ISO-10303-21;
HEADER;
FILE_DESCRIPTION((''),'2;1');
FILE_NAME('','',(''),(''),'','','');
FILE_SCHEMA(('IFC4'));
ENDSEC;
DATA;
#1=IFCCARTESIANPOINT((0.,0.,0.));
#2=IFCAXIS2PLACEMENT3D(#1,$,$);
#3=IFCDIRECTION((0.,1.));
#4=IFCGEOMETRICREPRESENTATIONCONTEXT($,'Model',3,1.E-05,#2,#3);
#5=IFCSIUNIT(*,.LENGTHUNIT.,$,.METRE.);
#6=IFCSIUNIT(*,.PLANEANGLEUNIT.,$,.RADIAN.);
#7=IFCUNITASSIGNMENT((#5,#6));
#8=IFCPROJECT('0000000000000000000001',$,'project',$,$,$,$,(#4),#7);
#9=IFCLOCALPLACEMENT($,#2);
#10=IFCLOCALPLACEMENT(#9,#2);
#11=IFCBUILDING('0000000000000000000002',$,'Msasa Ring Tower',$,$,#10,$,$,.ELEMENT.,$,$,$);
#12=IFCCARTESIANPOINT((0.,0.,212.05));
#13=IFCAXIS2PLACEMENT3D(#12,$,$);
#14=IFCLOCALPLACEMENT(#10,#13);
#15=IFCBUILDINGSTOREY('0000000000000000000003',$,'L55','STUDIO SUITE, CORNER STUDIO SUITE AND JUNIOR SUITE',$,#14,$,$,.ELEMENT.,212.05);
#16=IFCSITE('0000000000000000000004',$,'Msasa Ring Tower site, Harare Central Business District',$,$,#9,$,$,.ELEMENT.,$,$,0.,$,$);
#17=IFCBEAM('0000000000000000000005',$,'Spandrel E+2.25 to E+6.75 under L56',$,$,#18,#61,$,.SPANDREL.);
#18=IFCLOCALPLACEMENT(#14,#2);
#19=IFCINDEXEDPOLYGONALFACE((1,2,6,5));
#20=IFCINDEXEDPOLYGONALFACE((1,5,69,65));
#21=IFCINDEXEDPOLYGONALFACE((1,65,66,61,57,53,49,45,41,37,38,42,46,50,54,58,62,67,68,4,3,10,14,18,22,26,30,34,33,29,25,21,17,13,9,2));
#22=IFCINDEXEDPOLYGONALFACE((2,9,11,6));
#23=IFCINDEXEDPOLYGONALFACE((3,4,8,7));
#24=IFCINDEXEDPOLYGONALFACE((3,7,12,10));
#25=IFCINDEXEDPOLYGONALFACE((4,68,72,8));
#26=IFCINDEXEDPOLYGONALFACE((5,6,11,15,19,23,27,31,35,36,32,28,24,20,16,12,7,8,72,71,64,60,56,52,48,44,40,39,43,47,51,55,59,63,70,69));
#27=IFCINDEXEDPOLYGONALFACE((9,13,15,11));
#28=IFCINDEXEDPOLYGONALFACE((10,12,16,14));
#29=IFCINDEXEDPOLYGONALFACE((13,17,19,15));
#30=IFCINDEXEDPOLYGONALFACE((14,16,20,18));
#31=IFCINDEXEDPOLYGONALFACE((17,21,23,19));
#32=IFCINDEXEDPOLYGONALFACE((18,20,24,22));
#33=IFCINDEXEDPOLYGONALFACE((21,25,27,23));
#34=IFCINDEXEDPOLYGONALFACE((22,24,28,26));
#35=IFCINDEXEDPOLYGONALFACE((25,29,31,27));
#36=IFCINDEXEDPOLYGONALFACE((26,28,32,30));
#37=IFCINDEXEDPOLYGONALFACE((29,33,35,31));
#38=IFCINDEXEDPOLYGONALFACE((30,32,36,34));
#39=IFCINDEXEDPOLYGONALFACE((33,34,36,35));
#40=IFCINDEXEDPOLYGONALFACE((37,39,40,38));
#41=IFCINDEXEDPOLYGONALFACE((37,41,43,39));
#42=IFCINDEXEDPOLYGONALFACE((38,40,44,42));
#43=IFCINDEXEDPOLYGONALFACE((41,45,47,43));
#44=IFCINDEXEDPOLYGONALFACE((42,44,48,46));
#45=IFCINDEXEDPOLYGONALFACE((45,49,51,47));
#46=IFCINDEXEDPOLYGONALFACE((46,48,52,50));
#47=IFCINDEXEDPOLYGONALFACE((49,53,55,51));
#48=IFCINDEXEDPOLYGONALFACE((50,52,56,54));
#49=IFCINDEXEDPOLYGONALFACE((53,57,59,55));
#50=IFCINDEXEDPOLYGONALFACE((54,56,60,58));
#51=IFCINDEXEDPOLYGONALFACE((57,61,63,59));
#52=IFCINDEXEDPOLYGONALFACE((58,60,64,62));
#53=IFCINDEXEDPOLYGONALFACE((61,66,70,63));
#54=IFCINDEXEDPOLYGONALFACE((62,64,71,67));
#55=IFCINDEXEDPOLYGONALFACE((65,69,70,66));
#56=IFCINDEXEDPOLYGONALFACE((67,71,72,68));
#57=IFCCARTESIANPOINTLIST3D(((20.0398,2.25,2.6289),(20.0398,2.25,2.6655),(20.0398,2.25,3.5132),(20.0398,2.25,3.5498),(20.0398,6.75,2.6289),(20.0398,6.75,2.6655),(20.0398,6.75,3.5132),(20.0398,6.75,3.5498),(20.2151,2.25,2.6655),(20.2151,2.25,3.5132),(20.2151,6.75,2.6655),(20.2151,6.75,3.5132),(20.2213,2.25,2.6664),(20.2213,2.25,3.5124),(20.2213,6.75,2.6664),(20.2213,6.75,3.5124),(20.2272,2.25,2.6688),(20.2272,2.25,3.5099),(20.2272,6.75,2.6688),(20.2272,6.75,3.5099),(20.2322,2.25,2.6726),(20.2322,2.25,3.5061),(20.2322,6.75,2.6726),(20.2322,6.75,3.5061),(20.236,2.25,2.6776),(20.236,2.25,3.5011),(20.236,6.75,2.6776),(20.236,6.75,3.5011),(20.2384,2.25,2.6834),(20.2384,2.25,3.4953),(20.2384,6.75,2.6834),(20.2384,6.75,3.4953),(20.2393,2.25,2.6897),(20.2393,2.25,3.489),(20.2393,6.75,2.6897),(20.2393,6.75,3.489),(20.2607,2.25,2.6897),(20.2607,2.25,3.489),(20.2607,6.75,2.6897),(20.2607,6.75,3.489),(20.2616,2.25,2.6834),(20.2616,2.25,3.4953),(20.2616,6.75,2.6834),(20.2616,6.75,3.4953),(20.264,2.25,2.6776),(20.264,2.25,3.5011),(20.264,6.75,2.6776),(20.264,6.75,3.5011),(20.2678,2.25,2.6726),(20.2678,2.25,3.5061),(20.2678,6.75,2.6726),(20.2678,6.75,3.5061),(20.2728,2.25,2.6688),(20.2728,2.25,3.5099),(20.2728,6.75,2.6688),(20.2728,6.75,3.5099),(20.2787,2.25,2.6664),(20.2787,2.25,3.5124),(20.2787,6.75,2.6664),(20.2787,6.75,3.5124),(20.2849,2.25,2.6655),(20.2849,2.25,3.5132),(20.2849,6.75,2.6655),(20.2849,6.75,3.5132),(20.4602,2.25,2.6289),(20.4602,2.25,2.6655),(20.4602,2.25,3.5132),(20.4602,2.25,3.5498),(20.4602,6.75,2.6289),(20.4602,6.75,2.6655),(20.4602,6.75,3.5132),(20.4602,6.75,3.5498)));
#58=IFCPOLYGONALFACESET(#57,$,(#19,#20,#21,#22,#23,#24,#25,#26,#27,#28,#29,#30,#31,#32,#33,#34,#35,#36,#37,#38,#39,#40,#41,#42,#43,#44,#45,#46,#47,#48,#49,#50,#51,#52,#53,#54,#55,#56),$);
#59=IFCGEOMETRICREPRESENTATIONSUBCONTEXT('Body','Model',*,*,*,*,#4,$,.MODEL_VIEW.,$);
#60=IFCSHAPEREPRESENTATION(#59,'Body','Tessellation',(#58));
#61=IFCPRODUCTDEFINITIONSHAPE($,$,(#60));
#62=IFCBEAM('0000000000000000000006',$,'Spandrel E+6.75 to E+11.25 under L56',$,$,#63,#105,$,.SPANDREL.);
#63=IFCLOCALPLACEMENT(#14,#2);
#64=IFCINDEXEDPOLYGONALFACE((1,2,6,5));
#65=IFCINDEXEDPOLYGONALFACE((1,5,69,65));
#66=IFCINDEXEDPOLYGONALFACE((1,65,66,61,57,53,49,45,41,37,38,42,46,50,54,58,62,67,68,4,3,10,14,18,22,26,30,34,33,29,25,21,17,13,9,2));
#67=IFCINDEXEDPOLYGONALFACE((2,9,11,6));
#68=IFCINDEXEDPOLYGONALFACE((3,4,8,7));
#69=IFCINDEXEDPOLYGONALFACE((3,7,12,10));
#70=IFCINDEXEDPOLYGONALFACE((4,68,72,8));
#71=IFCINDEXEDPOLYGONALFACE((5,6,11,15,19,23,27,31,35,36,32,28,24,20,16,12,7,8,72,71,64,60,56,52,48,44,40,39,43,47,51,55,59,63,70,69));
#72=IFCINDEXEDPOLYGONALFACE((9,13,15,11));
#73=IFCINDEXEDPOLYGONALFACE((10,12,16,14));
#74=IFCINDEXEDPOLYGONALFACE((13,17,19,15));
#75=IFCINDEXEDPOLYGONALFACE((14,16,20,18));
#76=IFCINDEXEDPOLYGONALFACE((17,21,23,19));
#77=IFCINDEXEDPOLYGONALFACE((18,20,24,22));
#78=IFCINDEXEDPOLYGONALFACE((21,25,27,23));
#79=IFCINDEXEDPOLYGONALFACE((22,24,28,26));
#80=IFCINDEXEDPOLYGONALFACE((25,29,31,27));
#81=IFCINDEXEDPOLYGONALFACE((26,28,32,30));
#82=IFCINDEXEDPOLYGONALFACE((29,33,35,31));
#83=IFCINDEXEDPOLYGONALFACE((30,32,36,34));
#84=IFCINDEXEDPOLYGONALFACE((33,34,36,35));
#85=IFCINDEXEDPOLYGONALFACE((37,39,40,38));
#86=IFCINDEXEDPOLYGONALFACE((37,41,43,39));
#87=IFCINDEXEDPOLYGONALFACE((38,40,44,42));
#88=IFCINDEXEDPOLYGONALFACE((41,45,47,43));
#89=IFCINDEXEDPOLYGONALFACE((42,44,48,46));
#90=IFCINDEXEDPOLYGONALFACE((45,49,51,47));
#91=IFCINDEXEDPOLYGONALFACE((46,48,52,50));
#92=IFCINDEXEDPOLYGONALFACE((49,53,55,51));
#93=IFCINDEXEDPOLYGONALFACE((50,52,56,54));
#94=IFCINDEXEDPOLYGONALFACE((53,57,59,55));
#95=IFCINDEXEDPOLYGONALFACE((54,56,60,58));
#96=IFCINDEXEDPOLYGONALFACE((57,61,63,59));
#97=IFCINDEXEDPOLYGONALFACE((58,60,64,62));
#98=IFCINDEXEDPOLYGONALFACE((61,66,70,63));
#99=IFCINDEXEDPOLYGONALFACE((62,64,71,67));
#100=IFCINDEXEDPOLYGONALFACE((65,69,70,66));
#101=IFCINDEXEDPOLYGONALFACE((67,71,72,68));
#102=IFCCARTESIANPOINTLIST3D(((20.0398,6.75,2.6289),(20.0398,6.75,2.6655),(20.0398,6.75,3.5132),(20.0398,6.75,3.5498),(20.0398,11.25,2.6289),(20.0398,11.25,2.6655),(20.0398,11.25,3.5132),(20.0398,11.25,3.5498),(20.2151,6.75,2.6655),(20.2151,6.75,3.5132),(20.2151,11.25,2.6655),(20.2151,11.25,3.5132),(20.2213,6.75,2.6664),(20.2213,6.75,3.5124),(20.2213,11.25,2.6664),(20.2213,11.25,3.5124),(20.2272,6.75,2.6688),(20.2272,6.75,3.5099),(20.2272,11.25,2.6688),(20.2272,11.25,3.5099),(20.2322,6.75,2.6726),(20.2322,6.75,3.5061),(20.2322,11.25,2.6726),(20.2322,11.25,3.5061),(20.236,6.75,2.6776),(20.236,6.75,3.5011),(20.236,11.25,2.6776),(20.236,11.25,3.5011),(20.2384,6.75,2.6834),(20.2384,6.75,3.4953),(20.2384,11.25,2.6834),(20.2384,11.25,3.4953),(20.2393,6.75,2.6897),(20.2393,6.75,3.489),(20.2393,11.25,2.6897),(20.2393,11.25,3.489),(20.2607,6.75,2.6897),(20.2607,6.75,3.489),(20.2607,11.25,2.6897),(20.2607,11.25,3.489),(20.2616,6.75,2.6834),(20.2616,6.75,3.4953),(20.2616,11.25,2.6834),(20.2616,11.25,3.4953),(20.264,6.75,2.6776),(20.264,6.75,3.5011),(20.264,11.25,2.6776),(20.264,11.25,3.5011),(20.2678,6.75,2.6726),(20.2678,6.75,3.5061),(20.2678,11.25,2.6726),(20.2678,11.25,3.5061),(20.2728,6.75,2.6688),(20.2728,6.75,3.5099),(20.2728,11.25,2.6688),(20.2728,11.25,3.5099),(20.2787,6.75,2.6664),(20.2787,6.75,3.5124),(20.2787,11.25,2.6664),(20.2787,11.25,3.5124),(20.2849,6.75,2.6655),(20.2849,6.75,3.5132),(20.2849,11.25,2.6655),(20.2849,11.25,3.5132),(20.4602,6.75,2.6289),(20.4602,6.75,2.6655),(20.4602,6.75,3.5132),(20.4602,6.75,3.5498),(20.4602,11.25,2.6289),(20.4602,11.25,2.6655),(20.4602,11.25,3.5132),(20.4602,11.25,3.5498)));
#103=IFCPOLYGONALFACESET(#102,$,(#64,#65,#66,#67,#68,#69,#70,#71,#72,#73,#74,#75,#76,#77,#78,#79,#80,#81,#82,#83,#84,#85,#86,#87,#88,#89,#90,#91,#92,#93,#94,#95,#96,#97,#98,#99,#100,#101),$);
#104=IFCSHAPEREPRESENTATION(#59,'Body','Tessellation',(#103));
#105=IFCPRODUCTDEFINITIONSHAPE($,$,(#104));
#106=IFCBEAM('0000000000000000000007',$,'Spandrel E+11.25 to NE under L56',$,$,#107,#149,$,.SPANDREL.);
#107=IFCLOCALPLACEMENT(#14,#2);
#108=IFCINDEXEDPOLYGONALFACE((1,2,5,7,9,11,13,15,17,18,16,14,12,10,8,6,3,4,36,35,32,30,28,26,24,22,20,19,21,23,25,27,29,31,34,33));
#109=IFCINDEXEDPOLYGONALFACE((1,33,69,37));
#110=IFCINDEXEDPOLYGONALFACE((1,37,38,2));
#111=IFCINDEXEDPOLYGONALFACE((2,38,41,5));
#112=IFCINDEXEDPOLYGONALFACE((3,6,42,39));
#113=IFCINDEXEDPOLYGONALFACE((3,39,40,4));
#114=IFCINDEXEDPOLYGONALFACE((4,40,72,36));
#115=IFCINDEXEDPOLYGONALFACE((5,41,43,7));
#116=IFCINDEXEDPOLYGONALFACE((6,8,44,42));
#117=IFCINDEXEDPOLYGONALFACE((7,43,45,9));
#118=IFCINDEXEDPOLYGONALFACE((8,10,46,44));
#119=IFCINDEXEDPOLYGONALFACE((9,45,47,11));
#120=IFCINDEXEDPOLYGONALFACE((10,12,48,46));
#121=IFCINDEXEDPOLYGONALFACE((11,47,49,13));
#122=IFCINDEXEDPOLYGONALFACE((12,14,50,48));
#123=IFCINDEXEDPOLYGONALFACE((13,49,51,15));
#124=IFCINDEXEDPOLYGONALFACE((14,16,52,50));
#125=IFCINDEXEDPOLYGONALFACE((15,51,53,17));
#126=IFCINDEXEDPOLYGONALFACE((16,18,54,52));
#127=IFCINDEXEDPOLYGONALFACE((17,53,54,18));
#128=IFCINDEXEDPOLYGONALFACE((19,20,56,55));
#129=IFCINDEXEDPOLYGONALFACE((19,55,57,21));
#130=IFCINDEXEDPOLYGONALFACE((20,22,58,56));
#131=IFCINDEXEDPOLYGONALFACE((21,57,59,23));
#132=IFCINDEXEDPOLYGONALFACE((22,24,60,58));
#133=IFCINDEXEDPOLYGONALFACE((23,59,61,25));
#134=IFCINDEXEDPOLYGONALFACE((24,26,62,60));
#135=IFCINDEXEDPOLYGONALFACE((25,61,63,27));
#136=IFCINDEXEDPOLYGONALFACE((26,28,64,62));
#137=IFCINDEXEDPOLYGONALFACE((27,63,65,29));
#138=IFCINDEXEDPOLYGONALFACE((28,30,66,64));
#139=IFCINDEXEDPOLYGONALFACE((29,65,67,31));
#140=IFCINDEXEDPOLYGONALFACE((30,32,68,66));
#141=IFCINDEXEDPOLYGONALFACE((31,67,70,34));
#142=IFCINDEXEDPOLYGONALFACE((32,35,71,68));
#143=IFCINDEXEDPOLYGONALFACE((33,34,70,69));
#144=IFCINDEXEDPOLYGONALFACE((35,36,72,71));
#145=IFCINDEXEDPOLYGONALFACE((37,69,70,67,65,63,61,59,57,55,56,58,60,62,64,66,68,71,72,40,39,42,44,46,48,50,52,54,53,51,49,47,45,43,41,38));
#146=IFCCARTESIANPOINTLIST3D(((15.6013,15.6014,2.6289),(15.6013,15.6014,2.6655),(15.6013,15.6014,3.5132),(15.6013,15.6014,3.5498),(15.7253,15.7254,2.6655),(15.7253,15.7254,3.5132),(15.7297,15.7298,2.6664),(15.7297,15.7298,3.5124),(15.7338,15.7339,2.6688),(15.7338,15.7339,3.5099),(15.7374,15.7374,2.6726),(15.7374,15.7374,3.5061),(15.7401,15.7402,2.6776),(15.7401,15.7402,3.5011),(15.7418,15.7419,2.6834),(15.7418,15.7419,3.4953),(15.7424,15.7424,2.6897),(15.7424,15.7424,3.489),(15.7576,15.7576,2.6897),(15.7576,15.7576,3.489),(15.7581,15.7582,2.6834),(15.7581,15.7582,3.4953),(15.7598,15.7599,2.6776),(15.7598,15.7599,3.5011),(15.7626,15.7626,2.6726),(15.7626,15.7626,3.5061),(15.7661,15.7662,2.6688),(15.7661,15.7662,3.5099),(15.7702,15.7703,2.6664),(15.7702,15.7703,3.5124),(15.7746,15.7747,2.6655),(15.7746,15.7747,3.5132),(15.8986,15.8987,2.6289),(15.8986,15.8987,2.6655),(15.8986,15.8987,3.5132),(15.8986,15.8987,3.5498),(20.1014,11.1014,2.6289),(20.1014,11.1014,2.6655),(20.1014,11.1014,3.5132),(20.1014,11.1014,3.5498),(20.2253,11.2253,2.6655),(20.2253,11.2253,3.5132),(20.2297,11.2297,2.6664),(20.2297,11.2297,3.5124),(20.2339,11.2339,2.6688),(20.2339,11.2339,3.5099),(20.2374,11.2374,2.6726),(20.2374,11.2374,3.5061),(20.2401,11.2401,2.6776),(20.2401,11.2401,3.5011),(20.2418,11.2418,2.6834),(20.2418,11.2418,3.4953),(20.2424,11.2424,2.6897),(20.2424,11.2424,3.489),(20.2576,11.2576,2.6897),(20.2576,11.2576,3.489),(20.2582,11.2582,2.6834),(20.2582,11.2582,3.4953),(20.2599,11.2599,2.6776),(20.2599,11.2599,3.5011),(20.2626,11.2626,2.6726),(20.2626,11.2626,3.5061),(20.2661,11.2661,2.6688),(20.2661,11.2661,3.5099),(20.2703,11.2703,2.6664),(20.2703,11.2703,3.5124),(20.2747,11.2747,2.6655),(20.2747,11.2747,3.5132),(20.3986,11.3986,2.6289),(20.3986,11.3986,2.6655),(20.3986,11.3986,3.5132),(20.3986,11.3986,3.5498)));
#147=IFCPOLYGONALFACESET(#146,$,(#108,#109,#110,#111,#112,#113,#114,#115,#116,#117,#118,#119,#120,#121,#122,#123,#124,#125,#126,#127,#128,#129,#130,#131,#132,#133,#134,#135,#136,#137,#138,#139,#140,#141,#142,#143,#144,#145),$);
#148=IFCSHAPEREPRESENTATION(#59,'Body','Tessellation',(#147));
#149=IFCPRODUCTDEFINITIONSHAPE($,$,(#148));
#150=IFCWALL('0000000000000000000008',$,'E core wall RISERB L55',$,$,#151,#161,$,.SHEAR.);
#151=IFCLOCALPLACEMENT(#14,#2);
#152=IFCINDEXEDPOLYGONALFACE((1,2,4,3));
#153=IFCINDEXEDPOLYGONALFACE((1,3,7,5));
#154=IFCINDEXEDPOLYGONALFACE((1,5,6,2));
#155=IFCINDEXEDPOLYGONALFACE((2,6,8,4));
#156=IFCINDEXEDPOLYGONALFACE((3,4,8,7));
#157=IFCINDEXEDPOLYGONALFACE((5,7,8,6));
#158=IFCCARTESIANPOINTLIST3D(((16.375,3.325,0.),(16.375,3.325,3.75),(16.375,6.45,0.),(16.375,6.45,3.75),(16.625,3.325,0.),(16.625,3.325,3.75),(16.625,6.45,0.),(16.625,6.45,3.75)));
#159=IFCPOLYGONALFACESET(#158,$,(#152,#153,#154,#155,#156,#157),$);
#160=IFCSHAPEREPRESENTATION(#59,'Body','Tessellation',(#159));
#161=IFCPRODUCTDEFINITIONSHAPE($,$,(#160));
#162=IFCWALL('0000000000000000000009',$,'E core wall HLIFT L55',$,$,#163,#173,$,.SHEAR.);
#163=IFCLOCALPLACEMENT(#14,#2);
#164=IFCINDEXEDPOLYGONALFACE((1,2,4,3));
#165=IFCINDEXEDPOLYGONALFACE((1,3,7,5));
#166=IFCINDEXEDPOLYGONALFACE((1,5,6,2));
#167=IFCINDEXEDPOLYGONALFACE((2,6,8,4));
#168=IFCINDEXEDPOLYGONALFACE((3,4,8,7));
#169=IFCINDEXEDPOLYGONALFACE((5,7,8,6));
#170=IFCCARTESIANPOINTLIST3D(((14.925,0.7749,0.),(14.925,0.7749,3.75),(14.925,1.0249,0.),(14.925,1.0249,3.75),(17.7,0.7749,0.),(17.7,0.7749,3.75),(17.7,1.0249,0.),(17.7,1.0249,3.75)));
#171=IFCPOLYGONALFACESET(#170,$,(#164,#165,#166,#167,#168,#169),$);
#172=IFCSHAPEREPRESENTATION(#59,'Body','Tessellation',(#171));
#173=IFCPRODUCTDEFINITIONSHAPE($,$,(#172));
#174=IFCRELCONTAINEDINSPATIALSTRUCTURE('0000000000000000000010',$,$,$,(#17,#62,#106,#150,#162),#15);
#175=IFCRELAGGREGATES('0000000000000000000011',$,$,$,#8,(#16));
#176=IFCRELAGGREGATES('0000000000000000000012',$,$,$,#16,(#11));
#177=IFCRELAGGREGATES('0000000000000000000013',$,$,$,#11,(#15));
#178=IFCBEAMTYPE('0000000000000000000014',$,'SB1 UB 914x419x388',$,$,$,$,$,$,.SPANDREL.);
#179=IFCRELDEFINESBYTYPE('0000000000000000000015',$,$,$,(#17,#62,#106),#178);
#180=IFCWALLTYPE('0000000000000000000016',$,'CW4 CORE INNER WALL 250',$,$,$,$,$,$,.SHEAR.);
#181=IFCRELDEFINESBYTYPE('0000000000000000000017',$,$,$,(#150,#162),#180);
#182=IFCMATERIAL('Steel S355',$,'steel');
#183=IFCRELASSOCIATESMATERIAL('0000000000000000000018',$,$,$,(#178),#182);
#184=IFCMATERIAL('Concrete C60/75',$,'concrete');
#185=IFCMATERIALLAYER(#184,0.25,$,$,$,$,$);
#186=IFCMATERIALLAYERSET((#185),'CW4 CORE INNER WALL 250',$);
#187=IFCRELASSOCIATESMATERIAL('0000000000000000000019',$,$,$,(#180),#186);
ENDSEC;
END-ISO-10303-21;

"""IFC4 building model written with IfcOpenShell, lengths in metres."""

from ifc_helpers import new_model, si_unit, direction, frame, frame_2d, origin, origin_2d, place, context, subcontext, project, spatial, rectangle, i_section, extrude, material, layer, layer_set, material_profile, profile_set, type_object, element, save


model = new_model("IFC4")

# Units and contexts
model_context = context("Model", 3, precision=1e-05, world=origin(), true_north=direction((0.0, 1.0)))
body_context = subcontext(model_context, "Body", "Model", "MODEL_VIEW")
ifc_project = project(units=[si_unit("LENGTHUNIT", "METRE"), si_unit("PLANEANGLEUNIT", "RADIAN")], contexts=[model_context])

# Site, building, storey
site_placement = place(None, origin())
site = spatial("IfcSite", under=ifc_project, at=site_placement, Name="Msasa Ring Tower site, Harare Central Business District", CompositionType="ELEMENT", RefElevation=0.0)
building_placement = place(site_placement, origin())
building = spatial("IfcBuilding", under=site, at=building_placement, Name="Msasa Ring Tower", CompositionType="ELEMENT")
storey_placement = place(building_placement, frame((0.0, 0.0, 212.05)))
storey = spatial("IfcBuildingStorey", under=building, at=storey_placement, Name="L55", Description="STUDIO SUITE, CORNER STUDIO SUITE AND JUNIOR SUITE", CompositionType="ELEMENT", Elevation=212.05)

# Beams
ifc_material_1 = material(Name="Steel S355", Category="steel")
ifc_material_profile_1 = material_profile(ifc_material_1, i_section(OverallWidth=0.4204, OverallDepth=0.9209, WebThickness=0.0215, FlangeThickness=0.0366, FilletRadius=0.0242, at=origin_2d()), Name="UB 914x419x388")
ifc_profile_set_1 = profile_set([ifc_material_profile_1], Name="Steel S355")
beam_type_1 = type_object("IfcBeamType", Name="SB1 UB 914x419x388", PredefinedType="SPANDREL", material=ifc_profile_set_1)
for number, where, z_axis, x_axis, name in (
    (1, (20.25, 2.25, 3.0894), (0.0, 1.0, 0.0), (-1.0, 0.0, 0.0), "Spandrel E+2.25 to E+6.75 under L56"),
    (2, (20.25, 6.75, 3.0894), (0.0, 1.0, 0.0), (-1.0, 0.0, 0.0), "Spandrel E+6.75 to E+11.25 under L56"),
):
    element("IfcBeam", number, at=place(storey_placement, frame(where, z_axis=z_axis, x_axis=x_axis)), inside=storey, type_object=beam_type_1, Name=name, PredefinedType="SPANDREL", context=body_context, shape_type="SweptSolid", body=[
        extrude(i_section(OverallWidth=0.4204, OverallDepth=0.9209, WebThickness=0.0215, FlangeThickness=0.0366, FilletRadius=0.0242, at=origin_2d()), origin(), (0.0, 0.0, 1.0), 4.5),
    ])
beam_1_placement = place(storey_placement, frame((20.25, 11.25, 3.0894), z_axis=(-0.707107, 0.707107, 0.0), x_axis=(-0.707107, -0.707107, 0.0)))
element("IfcBeam", 3, at=beam_1_placement, inside=storey, type_object=beam_type_1, Name="Spandrel E+11.25 to NE under L56", PredefinedType="SPANDREL", context=body_context, shape_type="SweptSolid", body=[
    extrude(i_section(OverallWidth=0.4204, OverallDepth=0.9209, WebThickness=0.0215, FlangeThickness=0.0366, FilletRadius=0.0242, at=origin_2d()), origin(), (0.0, 0.0, 1.0), 6.364),
])

# Walls
ifc_material_2 = material(Name="Concrete C60/75", Category="concrete")
ifc_layer_1 = layer(ifc_material_2, 0.25)
ifc_layer_set_1 = layer_set([ifc_layer_1], Name="CW4 CORE INNER WALL 250")
wall_type_1 = type_object("IfcWallType", Name="CW4 CORE INNER WALL 250", PredefinedType="SHEAR", material=ifc_layer_set_1)
wall_1_placement = place(storey_placement, frame((16.5, 3.325, 0.0), z_axis=(0.0, 0.0, 1.0), x_axis=(0.0, 1.0, 0.0)))
element("IfcWall", 4, at=wall_1_placement, inside=storey, type_object=wall_type_1, Name="E core wall RISERB L55", PredefinedType="SHEAR", context=body_context, shape_type="SweptSolid", body=[
    extrude(rectangle(XDim=3.125, YDim=0.25, at=frame_2d((1.5625, 0.0))), origin(), (0.0, 0.0, 1.0), 3.75),
])
wall_2_placement = place(storey_placement, frame((14.925, 0.8999, 0.0), z_axis=(0.0, 0.0, 1.0), x_axis=(1.0, 0.0, 0.0)))
element("IfcWall", 5, at=wall_2_placement, inside=storey, type_object=wall_type_1, Name="E core wall HLIFT L55", PredefinedType="SHEAR", context=body_context, shape_type="SweptSolid", body=[
    extrude(rectangle(XDim=2.7749, YDim=0.25, at=frame_2d((1.3875, 0.0))), origin(), (0.0, 0.0, 1.0), 3.75),
])

save(model, "model.ifc")
